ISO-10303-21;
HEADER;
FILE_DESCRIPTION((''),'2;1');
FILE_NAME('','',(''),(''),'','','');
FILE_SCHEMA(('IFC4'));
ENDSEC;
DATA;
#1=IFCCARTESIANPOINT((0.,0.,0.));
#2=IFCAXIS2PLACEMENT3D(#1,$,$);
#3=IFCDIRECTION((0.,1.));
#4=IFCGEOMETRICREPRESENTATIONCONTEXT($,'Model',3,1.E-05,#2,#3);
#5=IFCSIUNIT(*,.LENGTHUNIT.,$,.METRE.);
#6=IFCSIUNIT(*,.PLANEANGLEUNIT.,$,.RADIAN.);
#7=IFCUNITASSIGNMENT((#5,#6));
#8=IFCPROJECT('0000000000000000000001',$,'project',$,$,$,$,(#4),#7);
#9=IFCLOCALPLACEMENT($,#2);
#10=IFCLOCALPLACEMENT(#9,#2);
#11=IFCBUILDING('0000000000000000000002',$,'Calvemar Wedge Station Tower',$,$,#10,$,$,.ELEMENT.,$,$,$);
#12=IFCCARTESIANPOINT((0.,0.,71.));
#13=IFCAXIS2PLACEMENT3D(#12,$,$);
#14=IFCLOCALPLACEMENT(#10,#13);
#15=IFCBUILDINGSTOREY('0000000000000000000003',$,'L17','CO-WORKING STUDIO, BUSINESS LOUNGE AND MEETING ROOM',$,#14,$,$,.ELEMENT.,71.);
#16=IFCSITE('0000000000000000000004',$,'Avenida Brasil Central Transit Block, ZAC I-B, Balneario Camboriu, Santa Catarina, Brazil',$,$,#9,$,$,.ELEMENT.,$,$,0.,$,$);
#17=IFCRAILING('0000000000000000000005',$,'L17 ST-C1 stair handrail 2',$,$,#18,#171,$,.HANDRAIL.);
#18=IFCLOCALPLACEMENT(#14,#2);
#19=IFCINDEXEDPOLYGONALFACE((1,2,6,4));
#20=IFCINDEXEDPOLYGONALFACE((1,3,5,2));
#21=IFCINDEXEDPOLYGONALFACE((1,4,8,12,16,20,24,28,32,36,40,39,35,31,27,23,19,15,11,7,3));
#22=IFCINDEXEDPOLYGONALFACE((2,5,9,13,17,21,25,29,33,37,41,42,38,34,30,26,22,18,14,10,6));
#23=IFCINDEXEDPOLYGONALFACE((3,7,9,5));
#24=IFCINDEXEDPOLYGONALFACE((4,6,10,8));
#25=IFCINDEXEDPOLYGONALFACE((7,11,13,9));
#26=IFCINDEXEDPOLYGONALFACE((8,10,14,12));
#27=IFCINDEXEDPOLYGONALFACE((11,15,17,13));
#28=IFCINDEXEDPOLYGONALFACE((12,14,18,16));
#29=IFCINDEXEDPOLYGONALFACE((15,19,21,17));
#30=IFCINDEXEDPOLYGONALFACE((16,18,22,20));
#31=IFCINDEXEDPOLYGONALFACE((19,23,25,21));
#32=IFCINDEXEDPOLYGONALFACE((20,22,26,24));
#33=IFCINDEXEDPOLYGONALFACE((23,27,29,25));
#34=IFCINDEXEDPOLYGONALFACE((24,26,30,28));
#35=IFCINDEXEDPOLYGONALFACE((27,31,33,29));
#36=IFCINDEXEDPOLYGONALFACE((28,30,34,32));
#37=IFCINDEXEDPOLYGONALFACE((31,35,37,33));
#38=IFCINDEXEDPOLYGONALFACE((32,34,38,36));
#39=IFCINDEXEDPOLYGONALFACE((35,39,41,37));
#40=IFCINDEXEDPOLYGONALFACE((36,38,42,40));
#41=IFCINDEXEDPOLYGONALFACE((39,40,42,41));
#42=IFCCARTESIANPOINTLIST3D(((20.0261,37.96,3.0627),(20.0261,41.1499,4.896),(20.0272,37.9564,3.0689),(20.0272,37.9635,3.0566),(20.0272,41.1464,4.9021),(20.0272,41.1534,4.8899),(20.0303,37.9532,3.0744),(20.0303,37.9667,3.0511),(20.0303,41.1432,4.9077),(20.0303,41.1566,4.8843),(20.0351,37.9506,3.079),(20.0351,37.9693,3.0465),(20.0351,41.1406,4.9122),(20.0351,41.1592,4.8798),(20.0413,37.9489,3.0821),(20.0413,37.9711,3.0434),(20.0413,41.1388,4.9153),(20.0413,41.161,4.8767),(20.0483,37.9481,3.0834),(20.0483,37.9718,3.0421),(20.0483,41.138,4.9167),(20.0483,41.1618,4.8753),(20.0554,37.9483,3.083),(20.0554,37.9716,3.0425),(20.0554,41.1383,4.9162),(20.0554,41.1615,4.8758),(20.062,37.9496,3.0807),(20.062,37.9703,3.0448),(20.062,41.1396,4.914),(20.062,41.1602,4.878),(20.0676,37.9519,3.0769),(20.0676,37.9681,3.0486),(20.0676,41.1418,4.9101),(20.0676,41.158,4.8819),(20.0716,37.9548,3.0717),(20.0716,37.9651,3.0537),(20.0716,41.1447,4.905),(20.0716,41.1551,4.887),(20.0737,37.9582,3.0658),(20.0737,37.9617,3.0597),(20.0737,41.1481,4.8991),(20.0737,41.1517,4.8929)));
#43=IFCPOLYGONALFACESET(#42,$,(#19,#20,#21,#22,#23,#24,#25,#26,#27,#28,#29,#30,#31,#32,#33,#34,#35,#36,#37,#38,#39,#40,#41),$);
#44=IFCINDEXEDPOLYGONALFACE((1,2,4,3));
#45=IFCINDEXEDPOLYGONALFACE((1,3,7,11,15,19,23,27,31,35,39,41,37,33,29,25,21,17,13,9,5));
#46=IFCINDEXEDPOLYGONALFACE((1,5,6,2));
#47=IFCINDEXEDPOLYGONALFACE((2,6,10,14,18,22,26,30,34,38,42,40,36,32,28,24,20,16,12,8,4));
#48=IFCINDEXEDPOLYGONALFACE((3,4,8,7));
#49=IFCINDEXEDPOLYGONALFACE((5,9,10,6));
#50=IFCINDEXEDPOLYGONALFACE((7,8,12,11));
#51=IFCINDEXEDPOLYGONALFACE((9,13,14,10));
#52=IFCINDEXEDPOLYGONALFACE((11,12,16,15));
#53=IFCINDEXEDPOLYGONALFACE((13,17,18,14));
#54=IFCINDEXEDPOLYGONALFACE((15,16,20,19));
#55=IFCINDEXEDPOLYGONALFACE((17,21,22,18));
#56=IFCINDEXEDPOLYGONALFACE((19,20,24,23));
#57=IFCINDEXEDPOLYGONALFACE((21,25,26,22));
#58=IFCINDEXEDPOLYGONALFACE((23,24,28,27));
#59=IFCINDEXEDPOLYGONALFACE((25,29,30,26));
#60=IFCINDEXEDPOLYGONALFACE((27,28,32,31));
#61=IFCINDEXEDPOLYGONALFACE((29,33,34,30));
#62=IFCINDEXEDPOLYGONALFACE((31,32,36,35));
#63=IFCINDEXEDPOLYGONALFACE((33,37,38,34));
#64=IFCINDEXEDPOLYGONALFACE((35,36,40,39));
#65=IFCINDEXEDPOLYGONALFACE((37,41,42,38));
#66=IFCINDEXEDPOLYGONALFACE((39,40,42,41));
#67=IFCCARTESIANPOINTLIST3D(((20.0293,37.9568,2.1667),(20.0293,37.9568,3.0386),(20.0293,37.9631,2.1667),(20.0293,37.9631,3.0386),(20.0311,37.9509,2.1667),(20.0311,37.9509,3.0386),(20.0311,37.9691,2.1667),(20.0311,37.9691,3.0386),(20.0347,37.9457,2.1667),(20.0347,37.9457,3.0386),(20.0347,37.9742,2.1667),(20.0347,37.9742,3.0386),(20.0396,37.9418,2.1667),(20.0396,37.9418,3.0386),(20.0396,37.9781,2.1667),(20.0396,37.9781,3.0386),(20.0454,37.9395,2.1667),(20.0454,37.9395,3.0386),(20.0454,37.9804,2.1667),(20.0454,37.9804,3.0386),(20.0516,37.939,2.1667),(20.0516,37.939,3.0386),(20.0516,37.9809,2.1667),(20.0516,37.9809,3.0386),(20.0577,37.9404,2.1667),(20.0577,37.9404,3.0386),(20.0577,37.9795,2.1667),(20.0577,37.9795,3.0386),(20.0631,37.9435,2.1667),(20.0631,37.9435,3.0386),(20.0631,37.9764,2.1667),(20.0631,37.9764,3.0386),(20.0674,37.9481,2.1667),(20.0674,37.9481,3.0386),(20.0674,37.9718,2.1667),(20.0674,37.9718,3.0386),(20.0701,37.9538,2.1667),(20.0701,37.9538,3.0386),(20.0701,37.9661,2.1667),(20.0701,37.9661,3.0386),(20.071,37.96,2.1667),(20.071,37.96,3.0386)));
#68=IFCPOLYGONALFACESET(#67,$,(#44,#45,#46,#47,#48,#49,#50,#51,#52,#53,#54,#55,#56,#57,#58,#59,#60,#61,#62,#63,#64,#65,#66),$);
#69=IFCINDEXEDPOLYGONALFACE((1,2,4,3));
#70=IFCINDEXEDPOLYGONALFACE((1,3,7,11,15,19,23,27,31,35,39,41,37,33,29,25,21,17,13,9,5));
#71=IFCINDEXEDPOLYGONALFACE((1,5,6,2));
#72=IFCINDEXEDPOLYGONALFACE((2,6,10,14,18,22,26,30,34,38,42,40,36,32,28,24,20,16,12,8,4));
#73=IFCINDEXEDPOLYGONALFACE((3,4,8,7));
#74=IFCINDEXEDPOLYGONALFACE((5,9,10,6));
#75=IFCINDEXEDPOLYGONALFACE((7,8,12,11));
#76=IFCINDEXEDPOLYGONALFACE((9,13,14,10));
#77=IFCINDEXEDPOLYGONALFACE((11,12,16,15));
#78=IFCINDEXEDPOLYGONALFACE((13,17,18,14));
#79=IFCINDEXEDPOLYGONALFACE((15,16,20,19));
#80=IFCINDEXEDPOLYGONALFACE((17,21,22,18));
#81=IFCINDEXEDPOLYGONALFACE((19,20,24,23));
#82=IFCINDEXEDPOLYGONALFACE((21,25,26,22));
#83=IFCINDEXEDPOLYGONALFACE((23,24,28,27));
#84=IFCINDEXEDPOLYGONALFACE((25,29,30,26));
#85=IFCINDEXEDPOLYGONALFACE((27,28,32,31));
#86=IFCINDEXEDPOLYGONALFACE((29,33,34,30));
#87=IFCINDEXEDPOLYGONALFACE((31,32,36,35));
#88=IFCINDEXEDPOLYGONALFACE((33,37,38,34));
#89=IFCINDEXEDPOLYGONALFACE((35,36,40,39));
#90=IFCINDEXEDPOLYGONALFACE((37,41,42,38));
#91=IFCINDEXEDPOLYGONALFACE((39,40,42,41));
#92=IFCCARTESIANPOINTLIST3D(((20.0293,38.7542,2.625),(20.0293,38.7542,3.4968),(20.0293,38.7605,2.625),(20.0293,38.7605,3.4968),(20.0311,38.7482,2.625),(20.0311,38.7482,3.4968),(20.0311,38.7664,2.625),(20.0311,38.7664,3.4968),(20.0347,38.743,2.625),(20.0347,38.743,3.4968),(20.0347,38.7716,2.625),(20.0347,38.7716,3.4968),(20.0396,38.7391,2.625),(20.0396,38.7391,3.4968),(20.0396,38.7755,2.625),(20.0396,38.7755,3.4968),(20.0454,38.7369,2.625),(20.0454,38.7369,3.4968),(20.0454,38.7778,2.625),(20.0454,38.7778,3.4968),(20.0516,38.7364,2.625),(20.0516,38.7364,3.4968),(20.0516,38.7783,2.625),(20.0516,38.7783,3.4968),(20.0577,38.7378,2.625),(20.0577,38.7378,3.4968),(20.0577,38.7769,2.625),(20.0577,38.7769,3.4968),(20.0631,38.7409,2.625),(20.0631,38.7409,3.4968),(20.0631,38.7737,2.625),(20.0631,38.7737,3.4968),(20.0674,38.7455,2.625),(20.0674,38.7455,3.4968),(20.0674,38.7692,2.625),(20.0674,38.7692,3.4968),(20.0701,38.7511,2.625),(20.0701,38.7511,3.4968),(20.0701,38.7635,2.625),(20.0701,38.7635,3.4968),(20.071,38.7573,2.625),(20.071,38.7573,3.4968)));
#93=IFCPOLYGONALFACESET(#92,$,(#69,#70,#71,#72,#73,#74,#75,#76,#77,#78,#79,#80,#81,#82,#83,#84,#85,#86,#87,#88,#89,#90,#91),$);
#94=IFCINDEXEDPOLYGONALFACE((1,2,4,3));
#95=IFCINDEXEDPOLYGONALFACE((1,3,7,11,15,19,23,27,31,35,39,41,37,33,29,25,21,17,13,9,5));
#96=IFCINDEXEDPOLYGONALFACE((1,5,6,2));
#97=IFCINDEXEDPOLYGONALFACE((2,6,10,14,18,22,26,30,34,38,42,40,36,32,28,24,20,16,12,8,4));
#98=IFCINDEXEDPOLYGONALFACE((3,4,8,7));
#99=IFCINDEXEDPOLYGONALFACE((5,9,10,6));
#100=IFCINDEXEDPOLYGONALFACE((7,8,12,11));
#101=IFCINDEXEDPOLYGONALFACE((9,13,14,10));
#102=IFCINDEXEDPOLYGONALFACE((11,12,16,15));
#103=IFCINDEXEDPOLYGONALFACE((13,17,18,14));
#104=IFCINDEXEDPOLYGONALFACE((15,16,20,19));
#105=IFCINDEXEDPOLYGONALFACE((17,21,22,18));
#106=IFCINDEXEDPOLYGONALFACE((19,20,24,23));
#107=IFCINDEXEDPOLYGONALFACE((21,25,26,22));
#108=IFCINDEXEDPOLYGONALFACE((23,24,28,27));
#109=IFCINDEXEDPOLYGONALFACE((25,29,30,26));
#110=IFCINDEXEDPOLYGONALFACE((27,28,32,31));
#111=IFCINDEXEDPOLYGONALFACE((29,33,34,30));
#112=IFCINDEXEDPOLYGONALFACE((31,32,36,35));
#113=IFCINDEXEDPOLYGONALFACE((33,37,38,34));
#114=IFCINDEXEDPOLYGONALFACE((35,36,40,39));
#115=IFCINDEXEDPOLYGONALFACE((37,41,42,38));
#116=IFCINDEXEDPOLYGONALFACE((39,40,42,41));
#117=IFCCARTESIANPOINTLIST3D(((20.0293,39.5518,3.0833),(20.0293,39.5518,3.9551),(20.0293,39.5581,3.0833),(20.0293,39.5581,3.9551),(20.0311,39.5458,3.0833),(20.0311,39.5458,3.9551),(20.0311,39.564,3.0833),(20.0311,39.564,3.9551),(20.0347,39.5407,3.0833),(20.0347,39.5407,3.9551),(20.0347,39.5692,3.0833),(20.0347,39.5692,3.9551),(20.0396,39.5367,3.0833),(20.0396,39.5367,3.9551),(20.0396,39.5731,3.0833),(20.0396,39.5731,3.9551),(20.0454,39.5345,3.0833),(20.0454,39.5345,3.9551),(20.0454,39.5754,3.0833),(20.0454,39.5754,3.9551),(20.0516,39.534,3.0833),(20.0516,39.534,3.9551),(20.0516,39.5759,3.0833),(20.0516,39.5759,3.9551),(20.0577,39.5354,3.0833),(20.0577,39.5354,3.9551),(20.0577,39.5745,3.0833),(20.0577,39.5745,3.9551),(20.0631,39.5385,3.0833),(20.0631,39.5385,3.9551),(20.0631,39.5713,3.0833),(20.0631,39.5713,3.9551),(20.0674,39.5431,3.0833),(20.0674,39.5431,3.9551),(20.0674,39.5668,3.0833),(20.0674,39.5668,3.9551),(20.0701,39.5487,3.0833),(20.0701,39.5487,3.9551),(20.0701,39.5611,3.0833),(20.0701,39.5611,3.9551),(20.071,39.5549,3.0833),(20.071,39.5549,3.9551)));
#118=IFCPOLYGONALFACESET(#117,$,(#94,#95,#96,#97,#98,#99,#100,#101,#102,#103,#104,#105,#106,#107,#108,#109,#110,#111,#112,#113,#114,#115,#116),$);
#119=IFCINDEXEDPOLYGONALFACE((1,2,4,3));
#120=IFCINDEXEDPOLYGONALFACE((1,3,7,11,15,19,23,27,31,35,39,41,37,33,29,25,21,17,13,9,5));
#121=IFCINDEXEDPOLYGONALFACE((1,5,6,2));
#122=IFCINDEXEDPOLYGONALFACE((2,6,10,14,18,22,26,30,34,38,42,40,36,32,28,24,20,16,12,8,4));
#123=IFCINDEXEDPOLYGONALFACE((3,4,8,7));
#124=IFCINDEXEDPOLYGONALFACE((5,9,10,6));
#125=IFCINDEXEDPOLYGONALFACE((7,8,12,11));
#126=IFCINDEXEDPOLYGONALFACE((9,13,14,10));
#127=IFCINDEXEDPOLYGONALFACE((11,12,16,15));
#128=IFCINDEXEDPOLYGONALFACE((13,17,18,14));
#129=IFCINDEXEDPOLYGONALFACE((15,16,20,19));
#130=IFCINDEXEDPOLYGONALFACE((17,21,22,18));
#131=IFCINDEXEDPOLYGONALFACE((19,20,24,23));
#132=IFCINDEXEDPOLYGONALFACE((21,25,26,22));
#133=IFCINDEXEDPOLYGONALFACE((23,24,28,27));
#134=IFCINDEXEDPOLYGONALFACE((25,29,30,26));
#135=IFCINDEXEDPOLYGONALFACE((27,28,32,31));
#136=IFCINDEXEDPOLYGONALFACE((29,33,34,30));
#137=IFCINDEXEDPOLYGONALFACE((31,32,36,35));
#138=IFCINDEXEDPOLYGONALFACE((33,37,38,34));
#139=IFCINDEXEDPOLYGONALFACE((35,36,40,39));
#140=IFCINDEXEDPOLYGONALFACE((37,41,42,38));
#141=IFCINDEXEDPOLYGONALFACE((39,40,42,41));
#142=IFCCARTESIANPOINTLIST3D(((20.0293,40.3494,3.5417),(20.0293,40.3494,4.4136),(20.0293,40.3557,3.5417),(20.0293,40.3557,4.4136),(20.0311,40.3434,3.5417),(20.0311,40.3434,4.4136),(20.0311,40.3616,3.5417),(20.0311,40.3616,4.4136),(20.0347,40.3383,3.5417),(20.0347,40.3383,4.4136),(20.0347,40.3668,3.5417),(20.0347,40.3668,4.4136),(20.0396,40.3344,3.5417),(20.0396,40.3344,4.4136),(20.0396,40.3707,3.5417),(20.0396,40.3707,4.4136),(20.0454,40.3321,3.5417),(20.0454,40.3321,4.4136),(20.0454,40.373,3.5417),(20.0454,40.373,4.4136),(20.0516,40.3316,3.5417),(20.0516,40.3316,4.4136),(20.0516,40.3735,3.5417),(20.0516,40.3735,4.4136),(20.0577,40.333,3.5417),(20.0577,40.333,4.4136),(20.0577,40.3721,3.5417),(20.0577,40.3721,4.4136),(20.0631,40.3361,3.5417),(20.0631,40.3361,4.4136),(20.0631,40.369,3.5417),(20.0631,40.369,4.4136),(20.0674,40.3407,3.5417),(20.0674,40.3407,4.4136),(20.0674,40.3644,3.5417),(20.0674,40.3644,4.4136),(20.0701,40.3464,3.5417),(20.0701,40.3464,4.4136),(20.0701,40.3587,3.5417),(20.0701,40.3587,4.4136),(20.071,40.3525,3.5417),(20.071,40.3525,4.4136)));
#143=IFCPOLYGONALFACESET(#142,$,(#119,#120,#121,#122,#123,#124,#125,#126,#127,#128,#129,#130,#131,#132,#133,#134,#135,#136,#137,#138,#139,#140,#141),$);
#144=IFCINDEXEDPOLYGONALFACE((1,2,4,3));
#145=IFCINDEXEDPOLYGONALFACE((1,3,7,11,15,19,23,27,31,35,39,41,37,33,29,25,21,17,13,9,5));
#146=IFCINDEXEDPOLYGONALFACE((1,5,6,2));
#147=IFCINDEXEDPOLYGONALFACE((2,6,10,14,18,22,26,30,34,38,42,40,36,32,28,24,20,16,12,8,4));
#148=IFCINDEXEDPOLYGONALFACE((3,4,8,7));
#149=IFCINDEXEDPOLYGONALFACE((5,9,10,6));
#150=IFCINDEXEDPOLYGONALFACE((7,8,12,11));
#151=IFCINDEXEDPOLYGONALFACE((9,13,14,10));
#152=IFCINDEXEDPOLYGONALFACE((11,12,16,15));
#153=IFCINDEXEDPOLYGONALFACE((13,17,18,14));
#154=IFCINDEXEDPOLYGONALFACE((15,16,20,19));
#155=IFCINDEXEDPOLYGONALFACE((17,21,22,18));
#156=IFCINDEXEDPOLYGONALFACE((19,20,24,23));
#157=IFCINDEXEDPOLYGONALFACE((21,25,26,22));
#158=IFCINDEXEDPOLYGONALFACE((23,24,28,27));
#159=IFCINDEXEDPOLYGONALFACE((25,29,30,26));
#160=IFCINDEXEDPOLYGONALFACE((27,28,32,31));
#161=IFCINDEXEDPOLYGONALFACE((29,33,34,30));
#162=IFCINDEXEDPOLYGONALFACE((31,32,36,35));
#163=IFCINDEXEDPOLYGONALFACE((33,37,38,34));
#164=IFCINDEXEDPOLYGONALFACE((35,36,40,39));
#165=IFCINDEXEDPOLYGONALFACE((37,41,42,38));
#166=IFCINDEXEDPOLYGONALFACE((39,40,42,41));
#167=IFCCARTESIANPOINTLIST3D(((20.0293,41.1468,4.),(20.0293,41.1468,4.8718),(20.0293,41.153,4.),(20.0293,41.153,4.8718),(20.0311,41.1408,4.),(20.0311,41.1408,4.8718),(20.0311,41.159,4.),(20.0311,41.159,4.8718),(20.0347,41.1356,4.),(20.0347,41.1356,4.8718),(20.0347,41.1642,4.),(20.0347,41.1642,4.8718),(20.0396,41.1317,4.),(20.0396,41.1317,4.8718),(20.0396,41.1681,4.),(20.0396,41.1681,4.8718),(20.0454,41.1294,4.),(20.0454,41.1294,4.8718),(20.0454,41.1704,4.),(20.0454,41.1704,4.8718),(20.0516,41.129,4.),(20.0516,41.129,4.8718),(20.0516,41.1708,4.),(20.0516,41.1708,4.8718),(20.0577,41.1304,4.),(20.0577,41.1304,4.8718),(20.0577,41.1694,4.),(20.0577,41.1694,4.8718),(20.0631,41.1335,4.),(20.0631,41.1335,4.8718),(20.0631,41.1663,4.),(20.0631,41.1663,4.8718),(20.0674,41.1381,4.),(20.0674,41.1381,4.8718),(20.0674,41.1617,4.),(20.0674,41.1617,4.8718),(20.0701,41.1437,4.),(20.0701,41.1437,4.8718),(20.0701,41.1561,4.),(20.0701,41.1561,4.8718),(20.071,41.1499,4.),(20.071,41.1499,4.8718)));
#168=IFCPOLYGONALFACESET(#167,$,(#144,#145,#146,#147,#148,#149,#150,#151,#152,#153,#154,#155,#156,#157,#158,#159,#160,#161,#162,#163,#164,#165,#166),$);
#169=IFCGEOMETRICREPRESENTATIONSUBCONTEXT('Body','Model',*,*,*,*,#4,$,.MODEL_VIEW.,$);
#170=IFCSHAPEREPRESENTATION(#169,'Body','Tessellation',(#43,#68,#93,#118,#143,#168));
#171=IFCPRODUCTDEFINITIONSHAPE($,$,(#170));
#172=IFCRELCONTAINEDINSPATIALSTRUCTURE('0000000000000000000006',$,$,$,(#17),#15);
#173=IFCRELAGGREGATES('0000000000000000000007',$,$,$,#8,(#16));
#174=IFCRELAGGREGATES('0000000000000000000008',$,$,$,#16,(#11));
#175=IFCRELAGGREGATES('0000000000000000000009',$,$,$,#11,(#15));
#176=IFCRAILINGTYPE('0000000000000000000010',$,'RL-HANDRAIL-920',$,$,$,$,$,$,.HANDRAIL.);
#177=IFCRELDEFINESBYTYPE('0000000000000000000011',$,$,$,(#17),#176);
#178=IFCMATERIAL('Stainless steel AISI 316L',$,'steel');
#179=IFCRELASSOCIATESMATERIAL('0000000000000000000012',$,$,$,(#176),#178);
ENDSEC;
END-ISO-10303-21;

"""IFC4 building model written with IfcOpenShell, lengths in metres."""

from ifc_helpers import new_model, si_unit, direction, frame, origin, origin_2d, place, context, subcontext, project, spatial, circle, extrude, material, type_object, element, save


model = new_model("IFC4")

# Units and contexts
model_context = context("Model", 3, precision=1e-05, world=origin(), true_north=direction((0.0, 1.0)))
body_context = subcontext(model_context, "Body", "Model", "MODEL_VIEW")
ifc_project = project(units=[si_unit("LENGTHUNIT", "METRE"), si_unit("PLANEANGLEUNIT", "RADIAN")], contexts=[model_context])

# Site, building, storey
site_placement = place(None, origin())
site = spatial("IfcSite", under=ifc_project, at=site_placement, Name="Avenida Brasil Central Transit Block, ZAC I-B, Balneario Camboriu, Santa Catarina, Brazil", CompositionType="ELEMENT", RefElevation=0.0)
building_placement = place(site_placement, origin())
building = spatial("IfcBuilding", under=site, at=building_placement, Name="Calvemar Wedge Station Tower", CompositionType="ELEMENT")
storey_placement = place(building_placement, frame((0.0, 0.0, 71.0)))
storey = spatial("IfcBuildingStorey", under=building, at=storey_placement, Name="L17", Description="CO-WORKING STUDIO, BUSINESS LOUNGE AND MEETING ROOM", CompositionType="ELEMENT", Elevation=71.0)

# Railing
ifc_material_1 = material(Name="Stainless steel AISI 316L", Category="steel")
railing_type_1 = type_object("IfcRailingType", Name="RL-HANDRAIL-920", PredefinedType="HANDRAIL", material=ifc_material_1)
railing_1_placement = place(storey_placement, frame((20.05, 37.96, 2.1667)))
element("IfcRailing", 1, at=railing_1_placement, inside=storey, type_object=railing_type_1, Name="L17 ST-C1 stair handrail 2", PredefinedType="HANDRAIL", context=body_context, shape_type="SweptSolid", body=[
    extrude(circle(Radius=0.0239, at=origin_2d()), frame((0.0, 0.0, 0.896), z_axis=(0.0, 0.86702, 0.498274), x_axis=(-1.0, 0.0, 0.0)), (0.0, 0.0, 1.0), 3.6792),
    extrude(circle(Radius=0.021, at=origin_2d()), origin(), (0.0, 0.0, 1.0), 0.8718),
    extrude(circle(Radius=0.021, at=origin_2d()), frame((0.0, 0.7974, 0.4583)), (0.0, 0.0, 1.0), 0.8718),
    extrude(circle(Radius=0.021, at=origin_2d()), frame((0.0, 1.595, 0.9165)), (0.0, 0.0, 1.0), 0.8718),
    extrude(circle(Radius=0.021, at=origin_2d()), frame((0.0, 2.3926, 1.375)), (0.0, 0.0, 1.0), 0.8718),
    extrude(circle(Radius=0.021, at=origin_2d()), frame((0.0, 3.1899, 1.8333)), (0.0, 0.0, 1.0), 0.8718),
])

save(model, "model.ifc")
